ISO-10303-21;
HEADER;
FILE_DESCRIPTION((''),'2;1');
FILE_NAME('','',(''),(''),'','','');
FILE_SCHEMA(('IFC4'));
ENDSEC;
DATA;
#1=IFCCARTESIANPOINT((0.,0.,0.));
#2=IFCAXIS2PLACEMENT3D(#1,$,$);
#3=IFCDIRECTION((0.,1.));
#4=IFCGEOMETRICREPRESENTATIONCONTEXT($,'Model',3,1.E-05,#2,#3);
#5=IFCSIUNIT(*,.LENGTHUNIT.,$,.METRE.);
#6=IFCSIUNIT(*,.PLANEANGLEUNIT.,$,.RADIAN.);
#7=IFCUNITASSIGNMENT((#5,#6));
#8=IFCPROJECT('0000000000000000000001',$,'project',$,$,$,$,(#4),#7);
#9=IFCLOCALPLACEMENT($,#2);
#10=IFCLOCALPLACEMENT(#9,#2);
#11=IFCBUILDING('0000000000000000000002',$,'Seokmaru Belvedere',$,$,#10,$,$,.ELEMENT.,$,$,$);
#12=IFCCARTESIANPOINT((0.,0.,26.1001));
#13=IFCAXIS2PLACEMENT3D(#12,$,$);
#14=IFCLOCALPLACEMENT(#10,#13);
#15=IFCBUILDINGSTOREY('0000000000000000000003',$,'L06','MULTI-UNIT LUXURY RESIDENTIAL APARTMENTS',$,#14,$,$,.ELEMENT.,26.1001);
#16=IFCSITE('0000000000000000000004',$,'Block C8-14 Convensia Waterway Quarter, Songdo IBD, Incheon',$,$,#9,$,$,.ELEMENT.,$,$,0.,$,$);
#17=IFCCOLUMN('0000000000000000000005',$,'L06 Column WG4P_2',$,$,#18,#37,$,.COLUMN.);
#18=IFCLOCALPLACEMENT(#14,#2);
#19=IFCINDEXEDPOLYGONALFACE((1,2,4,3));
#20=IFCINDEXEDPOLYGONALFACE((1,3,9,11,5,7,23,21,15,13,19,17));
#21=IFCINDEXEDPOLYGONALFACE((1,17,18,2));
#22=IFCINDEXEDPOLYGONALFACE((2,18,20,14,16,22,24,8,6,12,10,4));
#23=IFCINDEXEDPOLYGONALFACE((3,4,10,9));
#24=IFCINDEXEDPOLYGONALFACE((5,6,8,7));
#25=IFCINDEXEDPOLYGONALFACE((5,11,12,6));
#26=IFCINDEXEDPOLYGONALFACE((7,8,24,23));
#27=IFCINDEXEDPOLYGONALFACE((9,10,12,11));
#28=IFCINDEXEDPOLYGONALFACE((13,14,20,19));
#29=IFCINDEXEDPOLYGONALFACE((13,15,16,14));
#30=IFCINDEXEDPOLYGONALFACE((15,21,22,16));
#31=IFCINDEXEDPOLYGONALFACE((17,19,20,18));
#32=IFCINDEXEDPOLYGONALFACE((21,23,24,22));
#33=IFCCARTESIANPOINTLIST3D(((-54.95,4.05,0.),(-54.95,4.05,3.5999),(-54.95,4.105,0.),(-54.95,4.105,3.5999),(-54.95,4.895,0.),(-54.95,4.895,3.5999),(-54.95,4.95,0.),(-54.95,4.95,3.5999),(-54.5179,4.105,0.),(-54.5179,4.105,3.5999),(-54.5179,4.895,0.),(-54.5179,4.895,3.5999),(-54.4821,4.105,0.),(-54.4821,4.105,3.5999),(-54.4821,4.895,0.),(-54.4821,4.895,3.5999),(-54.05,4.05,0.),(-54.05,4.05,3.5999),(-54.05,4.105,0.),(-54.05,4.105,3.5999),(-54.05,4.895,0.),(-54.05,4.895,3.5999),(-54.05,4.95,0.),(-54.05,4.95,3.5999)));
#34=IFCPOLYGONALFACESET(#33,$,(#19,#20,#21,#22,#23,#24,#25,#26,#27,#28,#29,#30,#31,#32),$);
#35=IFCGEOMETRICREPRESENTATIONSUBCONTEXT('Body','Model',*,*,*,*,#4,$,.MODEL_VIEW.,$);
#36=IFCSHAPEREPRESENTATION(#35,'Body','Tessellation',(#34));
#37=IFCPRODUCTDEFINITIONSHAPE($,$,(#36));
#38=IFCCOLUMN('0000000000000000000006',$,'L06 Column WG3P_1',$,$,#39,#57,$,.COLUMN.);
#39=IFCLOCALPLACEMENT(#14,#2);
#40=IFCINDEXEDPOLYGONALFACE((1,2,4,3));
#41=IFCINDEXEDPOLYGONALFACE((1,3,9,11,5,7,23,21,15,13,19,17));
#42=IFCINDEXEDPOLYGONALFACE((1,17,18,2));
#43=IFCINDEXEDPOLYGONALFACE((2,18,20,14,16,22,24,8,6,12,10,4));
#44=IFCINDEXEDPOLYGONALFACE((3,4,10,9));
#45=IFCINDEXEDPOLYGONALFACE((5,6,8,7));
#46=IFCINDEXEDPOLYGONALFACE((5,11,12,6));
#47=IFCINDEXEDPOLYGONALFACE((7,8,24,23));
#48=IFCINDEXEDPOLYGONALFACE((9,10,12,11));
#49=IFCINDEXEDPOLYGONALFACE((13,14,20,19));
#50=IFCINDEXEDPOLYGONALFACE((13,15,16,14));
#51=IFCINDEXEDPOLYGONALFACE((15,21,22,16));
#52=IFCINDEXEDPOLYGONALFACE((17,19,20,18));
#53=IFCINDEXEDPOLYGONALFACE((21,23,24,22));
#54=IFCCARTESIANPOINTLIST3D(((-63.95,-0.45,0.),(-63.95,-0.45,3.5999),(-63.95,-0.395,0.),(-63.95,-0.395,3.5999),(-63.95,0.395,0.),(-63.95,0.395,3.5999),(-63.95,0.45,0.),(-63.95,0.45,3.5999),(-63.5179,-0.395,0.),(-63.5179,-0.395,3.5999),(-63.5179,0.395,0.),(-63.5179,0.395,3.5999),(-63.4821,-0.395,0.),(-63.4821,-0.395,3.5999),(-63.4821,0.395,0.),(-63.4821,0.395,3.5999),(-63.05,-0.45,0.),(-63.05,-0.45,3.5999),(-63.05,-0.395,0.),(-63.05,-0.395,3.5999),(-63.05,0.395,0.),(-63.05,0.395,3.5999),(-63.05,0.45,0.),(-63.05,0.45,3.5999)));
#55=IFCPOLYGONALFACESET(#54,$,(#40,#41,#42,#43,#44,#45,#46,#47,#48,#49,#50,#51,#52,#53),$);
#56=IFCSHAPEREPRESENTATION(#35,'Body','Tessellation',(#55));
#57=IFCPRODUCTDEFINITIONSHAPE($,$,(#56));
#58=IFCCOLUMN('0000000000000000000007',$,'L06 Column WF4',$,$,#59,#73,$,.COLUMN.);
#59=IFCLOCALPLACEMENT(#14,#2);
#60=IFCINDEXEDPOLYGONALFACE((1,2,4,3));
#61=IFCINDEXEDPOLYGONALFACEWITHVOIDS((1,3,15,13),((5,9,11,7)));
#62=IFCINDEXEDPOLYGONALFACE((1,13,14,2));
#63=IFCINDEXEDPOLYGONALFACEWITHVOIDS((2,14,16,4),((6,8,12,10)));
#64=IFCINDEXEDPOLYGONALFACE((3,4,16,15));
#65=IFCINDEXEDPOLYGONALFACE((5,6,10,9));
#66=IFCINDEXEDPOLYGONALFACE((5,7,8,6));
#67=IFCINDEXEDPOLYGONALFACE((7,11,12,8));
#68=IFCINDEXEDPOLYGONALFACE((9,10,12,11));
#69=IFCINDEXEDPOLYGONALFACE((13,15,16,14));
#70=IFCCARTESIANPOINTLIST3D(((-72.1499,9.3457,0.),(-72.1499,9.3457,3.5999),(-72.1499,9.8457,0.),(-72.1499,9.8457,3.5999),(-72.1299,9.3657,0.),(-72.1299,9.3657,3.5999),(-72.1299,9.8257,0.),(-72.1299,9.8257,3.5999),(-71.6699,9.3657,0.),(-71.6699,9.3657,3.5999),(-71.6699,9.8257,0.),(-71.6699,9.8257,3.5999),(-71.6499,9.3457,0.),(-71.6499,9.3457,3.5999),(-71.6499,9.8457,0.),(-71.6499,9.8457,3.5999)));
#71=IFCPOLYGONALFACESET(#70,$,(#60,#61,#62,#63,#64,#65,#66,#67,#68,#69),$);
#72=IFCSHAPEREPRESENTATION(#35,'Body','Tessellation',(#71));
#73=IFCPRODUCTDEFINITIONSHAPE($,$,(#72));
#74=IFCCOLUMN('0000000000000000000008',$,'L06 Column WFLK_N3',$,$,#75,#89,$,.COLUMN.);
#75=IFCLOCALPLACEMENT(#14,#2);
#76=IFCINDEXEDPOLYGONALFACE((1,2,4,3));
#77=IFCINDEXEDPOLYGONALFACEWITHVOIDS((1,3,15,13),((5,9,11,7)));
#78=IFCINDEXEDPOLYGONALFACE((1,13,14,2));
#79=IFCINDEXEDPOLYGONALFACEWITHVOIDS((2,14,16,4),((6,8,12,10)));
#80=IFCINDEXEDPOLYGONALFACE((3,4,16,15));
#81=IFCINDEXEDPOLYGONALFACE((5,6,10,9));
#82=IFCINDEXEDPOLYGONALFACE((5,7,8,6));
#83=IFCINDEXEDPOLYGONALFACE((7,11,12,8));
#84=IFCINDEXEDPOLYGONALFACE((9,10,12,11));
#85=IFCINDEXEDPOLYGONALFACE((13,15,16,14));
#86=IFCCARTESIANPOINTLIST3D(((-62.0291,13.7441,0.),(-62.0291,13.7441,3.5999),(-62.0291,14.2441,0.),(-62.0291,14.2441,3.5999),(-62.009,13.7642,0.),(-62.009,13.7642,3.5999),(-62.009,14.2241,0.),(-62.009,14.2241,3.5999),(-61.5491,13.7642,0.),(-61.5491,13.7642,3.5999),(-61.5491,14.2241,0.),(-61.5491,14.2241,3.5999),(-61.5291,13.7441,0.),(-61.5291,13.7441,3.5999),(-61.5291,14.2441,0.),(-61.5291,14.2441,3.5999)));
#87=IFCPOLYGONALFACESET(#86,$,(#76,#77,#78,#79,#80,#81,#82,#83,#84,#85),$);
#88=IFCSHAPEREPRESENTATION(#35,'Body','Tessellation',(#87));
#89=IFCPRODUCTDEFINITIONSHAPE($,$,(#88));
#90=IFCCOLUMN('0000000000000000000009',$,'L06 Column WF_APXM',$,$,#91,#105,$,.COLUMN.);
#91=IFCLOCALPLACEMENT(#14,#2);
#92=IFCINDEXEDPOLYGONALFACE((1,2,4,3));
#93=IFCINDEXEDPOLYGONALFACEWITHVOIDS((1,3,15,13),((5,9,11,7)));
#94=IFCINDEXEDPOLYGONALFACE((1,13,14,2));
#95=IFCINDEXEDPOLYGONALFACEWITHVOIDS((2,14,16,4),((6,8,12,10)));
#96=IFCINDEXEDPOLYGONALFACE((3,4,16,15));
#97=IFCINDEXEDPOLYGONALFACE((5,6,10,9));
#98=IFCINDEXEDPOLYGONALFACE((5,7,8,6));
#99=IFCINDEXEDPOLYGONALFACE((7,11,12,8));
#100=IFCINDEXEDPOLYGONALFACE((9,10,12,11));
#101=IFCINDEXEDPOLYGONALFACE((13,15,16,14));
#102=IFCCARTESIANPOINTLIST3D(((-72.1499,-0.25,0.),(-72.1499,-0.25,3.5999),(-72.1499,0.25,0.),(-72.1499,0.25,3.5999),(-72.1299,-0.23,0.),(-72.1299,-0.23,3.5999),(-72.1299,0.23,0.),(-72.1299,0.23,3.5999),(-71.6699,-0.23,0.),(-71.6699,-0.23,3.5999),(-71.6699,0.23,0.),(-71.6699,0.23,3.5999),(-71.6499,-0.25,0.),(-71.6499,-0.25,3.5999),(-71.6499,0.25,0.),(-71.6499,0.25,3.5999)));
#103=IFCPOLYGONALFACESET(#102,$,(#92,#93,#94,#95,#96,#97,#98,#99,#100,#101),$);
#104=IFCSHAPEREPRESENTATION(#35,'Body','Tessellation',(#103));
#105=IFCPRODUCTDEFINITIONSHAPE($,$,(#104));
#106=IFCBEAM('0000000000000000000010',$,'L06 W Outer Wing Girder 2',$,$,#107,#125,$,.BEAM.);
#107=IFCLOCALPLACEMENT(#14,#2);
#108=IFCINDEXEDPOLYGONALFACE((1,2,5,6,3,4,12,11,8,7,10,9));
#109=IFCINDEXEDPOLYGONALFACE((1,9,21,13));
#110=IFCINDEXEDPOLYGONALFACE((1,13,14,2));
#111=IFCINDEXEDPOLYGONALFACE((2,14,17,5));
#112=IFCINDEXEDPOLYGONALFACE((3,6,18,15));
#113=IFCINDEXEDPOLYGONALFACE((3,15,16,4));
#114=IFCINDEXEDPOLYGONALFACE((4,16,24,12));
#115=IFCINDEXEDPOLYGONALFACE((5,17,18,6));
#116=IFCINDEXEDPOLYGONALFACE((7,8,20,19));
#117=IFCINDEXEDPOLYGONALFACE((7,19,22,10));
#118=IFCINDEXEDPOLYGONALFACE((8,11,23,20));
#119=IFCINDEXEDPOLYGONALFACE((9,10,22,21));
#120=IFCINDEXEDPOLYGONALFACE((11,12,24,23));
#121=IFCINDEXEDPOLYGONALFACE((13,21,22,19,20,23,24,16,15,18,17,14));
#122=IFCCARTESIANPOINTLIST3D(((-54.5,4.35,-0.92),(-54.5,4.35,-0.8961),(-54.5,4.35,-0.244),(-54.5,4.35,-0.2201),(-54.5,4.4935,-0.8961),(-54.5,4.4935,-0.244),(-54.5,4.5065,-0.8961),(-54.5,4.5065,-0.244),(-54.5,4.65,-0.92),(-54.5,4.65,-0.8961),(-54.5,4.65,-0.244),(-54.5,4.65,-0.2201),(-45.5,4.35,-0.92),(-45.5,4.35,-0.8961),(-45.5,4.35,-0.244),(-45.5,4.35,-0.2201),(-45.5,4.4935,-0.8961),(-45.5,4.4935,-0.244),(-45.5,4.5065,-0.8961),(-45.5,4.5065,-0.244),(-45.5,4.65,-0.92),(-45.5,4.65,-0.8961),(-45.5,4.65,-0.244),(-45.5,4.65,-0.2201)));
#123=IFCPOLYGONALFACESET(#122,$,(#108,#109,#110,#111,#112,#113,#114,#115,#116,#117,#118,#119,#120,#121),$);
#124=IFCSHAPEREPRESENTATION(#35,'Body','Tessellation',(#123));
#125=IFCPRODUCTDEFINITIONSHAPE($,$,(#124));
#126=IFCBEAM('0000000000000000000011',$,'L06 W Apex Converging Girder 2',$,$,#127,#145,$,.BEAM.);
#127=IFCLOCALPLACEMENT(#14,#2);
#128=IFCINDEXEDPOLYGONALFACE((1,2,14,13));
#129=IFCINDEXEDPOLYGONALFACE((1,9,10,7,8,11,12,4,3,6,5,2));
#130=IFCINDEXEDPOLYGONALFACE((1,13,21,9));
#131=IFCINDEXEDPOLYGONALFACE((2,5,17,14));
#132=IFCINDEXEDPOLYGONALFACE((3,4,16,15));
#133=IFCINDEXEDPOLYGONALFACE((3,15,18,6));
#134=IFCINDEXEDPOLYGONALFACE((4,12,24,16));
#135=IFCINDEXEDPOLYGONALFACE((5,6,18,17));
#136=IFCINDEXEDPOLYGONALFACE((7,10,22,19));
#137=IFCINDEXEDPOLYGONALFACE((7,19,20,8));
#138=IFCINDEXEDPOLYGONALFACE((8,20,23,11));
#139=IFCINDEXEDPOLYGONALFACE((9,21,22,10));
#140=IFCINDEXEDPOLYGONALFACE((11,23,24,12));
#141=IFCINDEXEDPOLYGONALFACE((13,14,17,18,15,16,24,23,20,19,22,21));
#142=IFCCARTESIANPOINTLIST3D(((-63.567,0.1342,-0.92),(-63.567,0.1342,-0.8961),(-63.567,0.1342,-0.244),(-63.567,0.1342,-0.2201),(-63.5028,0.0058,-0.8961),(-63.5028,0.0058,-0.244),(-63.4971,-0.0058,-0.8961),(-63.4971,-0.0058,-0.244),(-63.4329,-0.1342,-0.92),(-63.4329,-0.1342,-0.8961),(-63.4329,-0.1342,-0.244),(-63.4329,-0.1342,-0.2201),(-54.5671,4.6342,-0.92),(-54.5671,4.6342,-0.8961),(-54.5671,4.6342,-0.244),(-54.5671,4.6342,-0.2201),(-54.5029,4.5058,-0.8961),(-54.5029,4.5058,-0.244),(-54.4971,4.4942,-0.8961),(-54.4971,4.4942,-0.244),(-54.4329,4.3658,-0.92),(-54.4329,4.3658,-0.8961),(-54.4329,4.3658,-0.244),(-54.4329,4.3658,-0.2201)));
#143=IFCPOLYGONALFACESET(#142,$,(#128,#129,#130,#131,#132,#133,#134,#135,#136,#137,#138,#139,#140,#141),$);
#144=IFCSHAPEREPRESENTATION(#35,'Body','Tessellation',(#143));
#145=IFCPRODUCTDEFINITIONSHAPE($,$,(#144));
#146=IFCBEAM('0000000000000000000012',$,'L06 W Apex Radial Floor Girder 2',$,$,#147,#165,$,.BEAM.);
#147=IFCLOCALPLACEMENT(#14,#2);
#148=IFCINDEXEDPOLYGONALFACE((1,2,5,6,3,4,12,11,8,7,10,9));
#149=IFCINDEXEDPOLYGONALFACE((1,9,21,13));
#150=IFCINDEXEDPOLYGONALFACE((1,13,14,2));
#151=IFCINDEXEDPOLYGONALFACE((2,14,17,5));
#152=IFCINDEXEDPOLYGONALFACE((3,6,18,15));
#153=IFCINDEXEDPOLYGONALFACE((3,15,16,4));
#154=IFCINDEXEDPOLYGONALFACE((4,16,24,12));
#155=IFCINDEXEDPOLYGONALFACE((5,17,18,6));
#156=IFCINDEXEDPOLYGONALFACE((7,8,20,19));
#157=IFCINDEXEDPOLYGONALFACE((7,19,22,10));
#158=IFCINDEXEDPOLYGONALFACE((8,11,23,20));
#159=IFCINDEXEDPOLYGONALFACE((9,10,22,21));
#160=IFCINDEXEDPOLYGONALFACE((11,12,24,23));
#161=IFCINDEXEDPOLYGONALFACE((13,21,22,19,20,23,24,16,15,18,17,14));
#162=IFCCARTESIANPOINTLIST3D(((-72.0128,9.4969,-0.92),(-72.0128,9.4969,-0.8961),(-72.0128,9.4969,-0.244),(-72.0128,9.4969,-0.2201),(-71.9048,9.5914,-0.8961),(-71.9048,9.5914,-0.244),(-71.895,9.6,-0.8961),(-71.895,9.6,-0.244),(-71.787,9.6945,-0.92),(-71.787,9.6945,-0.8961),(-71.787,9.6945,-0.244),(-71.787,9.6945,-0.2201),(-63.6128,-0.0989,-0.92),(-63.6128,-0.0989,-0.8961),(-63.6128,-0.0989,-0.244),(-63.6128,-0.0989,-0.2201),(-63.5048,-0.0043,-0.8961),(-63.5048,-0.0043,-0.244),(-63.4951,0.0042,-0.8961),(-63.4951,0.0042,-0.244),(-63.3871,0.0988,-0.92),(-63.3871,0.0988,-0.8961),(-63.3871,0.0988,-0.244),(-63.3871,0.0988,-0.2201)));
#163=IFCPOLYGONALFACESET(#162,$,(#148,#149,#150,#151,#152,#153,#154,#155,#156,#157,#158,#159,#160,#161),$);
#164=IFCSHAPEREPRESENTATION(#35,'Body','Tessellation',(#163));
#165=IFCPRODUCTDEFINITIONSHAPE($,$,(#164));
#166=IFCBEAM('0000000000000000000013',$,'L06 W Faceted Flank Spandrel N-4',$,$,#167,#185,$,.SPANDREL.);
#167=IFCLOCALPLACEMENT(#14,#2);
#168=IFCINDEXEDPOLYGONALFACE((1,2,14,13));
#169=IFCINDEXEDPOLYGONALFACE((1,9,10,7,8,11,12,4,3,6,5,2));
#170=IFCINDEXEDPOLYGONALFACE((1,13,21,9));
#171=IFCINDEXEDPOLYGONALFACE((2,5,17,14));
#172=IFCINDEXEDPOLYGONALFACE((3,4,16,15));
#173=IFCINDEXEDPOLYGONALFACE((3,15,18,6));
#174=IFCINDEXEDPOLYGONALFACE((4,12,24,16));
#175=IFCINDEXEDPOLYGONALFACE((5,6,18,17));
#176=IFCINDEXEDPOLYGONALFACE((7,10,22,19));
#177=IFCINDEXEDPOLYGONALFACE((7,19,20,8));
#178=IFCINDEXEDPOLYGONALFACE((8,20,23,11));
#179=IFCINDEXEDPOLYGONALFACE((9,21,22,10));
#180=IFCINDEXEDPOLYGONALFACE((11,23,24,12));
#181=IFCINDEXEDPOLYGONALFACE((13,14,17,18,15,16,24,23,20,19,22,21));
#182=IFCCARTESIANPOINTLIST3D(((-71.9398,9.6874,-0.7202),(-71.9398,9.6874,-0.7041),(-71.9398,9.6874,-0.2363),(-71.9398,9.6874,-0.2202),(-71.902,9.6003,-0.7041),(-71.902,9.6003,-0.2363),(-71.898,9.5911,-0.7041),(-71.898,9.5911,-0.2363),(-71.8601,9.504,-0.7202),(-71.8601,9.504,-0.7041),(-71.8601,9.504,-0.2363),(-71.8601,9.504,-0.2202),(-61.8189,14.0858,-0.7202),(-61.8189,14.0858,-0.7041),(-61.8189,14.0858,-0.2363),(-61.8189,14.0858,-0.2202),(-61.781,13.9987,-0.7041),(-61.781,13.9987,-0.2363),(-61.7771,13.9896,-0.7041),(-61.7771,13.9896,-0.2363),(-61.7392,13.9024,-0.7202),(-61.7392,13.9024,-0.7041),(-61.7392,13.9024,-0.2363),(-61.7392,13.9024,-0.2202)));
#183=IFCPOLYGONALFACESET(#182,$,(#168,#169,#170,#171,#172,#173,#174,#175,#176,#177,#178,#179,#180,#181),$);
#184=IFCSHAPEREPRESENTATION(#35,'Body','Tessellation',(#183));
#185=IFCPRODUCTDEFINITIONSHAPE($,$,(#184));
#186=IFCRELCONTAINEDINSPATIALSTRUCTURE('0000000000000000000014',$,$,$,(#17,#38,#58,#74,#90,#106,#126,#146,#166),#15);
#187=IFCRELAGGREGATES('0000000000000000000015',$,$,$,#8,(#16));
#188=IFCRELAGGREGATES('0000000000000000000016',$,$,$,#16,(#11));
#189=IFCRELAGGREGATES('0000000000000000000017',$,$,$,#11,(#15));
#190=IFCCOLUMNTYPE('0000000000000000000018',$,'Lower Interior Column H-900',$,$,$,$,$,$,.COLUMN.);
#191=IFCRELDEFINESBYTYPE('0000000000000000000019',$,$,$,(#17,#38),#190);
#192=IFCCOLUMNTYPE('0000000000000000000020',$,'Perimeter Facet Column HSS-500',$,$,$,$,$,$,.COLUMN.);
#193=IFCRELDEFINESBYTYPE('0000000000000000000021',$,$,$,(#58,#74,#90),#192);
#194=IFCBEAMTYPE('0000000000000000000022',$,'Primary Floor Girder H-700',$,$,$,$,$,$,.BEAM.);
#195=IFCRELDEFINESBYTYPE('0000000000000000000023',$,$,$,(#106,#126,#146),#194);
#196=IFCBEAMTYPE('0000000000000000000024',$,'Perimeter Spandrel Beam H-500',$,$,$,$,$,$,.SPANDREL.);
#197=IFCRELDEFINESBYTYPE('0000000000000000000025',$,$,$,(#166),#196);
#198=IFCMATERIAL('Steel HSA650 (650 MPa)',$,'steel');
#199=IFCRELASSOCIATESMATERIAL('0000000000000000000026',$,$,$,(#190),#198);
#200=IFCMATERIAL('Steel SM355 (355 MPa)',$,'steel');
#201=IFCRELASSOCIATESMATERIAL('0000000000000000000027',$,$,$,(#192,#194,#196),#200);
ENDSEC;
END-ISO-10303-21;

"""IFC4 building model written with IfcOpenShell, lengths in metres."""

from ifc_helpers import new_model, si_unit, direction, frame, origin, origin_2d, place, context, subcontext, project, spatial, hollow_rectangle, i_section, extrude, source, transform, mapped, material, material_profile, profile_set, type_object, type_shapes, element, save


model = new_model("IFC4")

# Units and contexts
model_context = context("Model", 3, precision=1e-05, world=origin(), true_north=direction((0.0, 1.0)))
body_context = subcontext(model_context, "Body", "Model", "MODEL_VIEW")
ifc_project = project(units=[si_unit("LENGTHUNIT", "METRE"), si_unit("PLANEANGLEUNIT", "RADIAN")], contexts=[model_context])

# Site, building, storey
site_placement = place(None, origin())
site = spatial("IfcSite", under=ifc_project, at=site_placement, Name="Block C8-14 Convensia Waterway Quarter, Songdo IBD, Incheon", CompositionType="ELEMENT", RefElevation=0.0)
building_placement = place(site_placement, origin())
building = spatial("IfcBuilding", under=site, at=building_placement, Name="Seokmaru Belvedere", CompositionType="ELEMENT")
storey_placement = place(building_placement, frame((0.0, 0.0, 26.1001)))
storey = spatial("IfcBuildingStorey", under=building, at=storey_placement, Name="L06", Description="MULTI-UNIT LUXURY RESIDENTIAL APARTMENTS", CompositionType="ELEMENT", Elevation=26.1001)

# Columns
ifc_material_1 = material(Name="Steel HSA650 (650 MPa)", Category="steel")
ifc_material_profile_1 = material_profile(ifc_material_1, i_section(OverallWidth=0.8999, OverallDepth=0.8999, WebThickness=0.0359, FlangeThickness=0.0549, at=origin_2d()), Name="H-900x900x36x55")
ifc_profile_set_1 = profile_set([ifc_material_profile_1], Name="Steel HSA650 (650 MPa)")
column_type_1 = type_object("IfcColumnType", Name="Lower Interior Column H-900", PredefinedType="COLUMN", material=ifc_profile_set_1)
shared_shape_1 = source(origin(), body_context, "Body", "SweptSolid", [
    extrude(i_section(OverallWidth=0.8999, OverallDepth=0.8999, WebThickness=0.0359, FlangeThickness=0.0549, at=origin_2d()), origin(), (0.0, 0.0, 1.0), 3.5999),
])
type_shapes(column_type_1, [shared_shape_1])
for number, where, z_axis, x_axis, name in (
    (1, (-54.5, 4.5, 0.0), (0.0, 0.0, 1.0), (1.0, 0.0, 0.0), "L06 Column WG4P_2"),
    (2, (-63.5, 0.0, 0.0), (0.0, 0.0, 1.0), (1.0, 0.0, 0.0), "L06 Column WG3P_1"),
):
    element("IfcColumn", number, at=place(storey_placement, frame(where, z_axis=z_axis, x_axis=x_axis)), inside=storey, type_object=column_type_1, Name=name, PredefinedType="COLUMN", context=body_context, shape_type="MappedRepresentation", body=[
        mapped(shared_shape_1, transform((0.0, 0.0, 0.0), scale=1.0)),
    ])
ifc_material_2 = material(Name="Steel SM355 (355 MPa)", Category="steel")
ifc_material_profile_2 = material_profile(ifc_material_2, hollow_rectangle(XDim=0.5, YDim=0.5, WallThickness=0.02, at=origin_2d()), Name="HSS-500x500x20")
ifc_profile_set_2 = profile_set([ifc_material_profile_2], Name="Steel SM355 (355 MPa)")
column_type_2 = type_object("IfcColumnType", Name="Perimeter Facet Column HSS-500", PredefinedType="COLUMN", material=ifc_profile_set_2)
shared_shape_2 = source(origin(), body_context, "Body", "SweptSolid", [
    extrude(hollow_rectangle(XDim=0.5, YDim=0.5, WallThickness=0.02, at=origin_2d()), origin(), (0.0, 0.0, 1.0), 3.5999),
])
type_shapes(column_type_2, [shared_shape_2])
for number, where, z_axis, x_axis, name in (
    (3, (-71.8999, 9.5957, 0.0), (0.0, 0.0, 1.0), (1.0, 0.0, 0.0), "L06 Column WF4"),
    (4, (-61.7791, 13.9941, 0.0), (0.0, 0.0, 1.0), (1.0, 0.0, 0.0), "L06 Column WFLK_N3"),
    (5, (-71.8999, 0.0, 0.0), (0.0, 0.0, 1.0), (1.0, 0.0, 0.0), "L06 Column WF_APXM"),
):
    element("IfcColumn", number, at=place(storey_placement, frame(where, z_axis=z_axis, x_axis=x_axis)), inside=storey, type_object=column_type_2, Name=name, PredefinedType="COLUMN", context=body_context, shape_type="MappedRepresentation", body=[
        mapped(shared_shape_2, transform((0.0, 0.0, 0.0), scale=1.0)),
    ])

# Beams
ifc_material_profile_3 = material_profile(ifc_material_2, i_section(OverallWidth=0.3, OverallDepth=0.7, WebThickness=0.0129, FlangeThickness=0.0239, at=origin_2d()), Name="H-700x300x13x24")
ifc_profile_set_3 = profile_set([ifc_material_profile_3], Name="Steel SM355 (355 MPa)")
beam_type_1 = type_object("IfcBeamType", Name="Primary Floor Girder H-700", PredefinedType="BEAM", material=ifc_profile_set_3)
shared_shape_3 = source(origin(), body_context, "Body", "SweptSolid", [
    extrude(i_section(OverallWidth=0.3, OverallDepth=0.7, WebThickness=0.0129, FlangeThickness=0.0239, at=origin_2d()), origin(), (0.0, 0.0, 1.0), 9.0),
])
beam_1_placement = place(storey_placement, frame((-54.5, 4.5, -0.5701), z_axis=(1.0, 0.0, 0.0), x_axis=(0.0, 1.0, 0.0)))
element("IfcBeam", 6, at=beam_1_placement, inside=storey, type_object=beam_type_1, Name="L06 W Outer Wing Girder 2", PredefinedType="BEAM", context=body_context, shape_type="MappedRepresentation", body=[
    mapped(shared_shape_3, transform((0.0, 0.0, 0.0), scale=1.0)),
])
shared_shape_4 = source(origin(), body_context, "Body", "SweptSolid", [
    extrude(i_section(OverallWidth=0.3, OverallDepth=0.7, WebThickness=0.0129, FlangeThickness=0.0239, at=origin_2d()), origin(), (0.0, 0.0, 1.0), 10.0623),
])
beam_2_placement = place(storey_placement, frame((-54.5, 4.5, -0.5701), z_axis=(-0.894427, -0.447214, 0.0), x_axis=(0.447214, -0.894427, 0.0)))
element("IfcBeam", 7, at=beam_2_placement, inside=storey, type_object=beam_type_1, Name="L06 W Apex Converging Girder 2", PredefinedType="BEAM", context=body_context, shape_type="MappedRepresentation", body=[
    mapped(shared_shape_4, transform((0.0, 0.0, 0.0), scale=1.0)),
])
shared_shape_5 = source(origin(), body_context, "Body", "SweptSolid", [
    extrude(i_section(OverallWidth=0.3, OverallDepth=0.7, WebThickness=0.0129, FlangeThickness=0.0239, at=origin_2d()), origin(), (0.0, 0.0, 1.0), 12.7529),
])
beam_3_placement = place(storey_placement, frame((-71.8999, 9.5957, -0.5701), z_axis=(0.658667, -0.752434, 0.0), x_axis=(0.752434, 0.658667, 0.0)))
element("IfcBeam", 8, at=beam_3_placement, inside=storey, type_object=beam_type_1, Name="L06 W Apex Radial Floor Girder 2", PredefinedType="BEAM", context=body_context, shape_type="MappedRepresentation", body=[
    mapped(shared_shape_5, transform((0.0, 0.0, 0.0), scale=1.0)),
])
ifc_material_profile_4 = material_profile(ifc_material_2, i_section(OverallWidth=0.2, OverallDepth=0.5, WebThickness=0.01, FlangeThickness=0.0161, at=origin_2d()), Name="H-500x200x10x16")
ifc_profile_set_4 = profile_set([ifc_material_profile_4], Name="Steel SM355 (355 MPa)")
beam_type_2 = type_object("IfcBeamType", Name="Perimeter Spandrel Beam H-500", PredefinedType="SPANDREL", material=ifc_profile_set_4)
shared_shape_6 = source(origin(), body_context, "Body", "SweptSolid", [
    extrude(i_section(OverallWidth=0.2, OverallDepth=0.5, WebThickness=0.01, FlangeThickness=0.0161, at=origin_2d()), origin(), (0.0, 0.0, 1.0), 11.0354),
])
beam_4_placement = place(storey_placement, frame((-61.7791, 13.9941, -0.4702), z_axis=(-0.917134, -0.398579, 0.0), x_axis=(0.398579, -0.917134, 0.0)))
element("IfcBeam", 9, at=beam_4_placement, inside=storey, type_object=beam_type_2, Name="L06 W Faceted Flank Spandrel N-4", PredefinedType="SPANDREL", context=body_context, shape_type="MappedRepresentation", body=[
    mapped(shared_shape_6, transform((0.0, 0.0, 0.0), scale=1.0)),
])

save(model, "model.ifc")
